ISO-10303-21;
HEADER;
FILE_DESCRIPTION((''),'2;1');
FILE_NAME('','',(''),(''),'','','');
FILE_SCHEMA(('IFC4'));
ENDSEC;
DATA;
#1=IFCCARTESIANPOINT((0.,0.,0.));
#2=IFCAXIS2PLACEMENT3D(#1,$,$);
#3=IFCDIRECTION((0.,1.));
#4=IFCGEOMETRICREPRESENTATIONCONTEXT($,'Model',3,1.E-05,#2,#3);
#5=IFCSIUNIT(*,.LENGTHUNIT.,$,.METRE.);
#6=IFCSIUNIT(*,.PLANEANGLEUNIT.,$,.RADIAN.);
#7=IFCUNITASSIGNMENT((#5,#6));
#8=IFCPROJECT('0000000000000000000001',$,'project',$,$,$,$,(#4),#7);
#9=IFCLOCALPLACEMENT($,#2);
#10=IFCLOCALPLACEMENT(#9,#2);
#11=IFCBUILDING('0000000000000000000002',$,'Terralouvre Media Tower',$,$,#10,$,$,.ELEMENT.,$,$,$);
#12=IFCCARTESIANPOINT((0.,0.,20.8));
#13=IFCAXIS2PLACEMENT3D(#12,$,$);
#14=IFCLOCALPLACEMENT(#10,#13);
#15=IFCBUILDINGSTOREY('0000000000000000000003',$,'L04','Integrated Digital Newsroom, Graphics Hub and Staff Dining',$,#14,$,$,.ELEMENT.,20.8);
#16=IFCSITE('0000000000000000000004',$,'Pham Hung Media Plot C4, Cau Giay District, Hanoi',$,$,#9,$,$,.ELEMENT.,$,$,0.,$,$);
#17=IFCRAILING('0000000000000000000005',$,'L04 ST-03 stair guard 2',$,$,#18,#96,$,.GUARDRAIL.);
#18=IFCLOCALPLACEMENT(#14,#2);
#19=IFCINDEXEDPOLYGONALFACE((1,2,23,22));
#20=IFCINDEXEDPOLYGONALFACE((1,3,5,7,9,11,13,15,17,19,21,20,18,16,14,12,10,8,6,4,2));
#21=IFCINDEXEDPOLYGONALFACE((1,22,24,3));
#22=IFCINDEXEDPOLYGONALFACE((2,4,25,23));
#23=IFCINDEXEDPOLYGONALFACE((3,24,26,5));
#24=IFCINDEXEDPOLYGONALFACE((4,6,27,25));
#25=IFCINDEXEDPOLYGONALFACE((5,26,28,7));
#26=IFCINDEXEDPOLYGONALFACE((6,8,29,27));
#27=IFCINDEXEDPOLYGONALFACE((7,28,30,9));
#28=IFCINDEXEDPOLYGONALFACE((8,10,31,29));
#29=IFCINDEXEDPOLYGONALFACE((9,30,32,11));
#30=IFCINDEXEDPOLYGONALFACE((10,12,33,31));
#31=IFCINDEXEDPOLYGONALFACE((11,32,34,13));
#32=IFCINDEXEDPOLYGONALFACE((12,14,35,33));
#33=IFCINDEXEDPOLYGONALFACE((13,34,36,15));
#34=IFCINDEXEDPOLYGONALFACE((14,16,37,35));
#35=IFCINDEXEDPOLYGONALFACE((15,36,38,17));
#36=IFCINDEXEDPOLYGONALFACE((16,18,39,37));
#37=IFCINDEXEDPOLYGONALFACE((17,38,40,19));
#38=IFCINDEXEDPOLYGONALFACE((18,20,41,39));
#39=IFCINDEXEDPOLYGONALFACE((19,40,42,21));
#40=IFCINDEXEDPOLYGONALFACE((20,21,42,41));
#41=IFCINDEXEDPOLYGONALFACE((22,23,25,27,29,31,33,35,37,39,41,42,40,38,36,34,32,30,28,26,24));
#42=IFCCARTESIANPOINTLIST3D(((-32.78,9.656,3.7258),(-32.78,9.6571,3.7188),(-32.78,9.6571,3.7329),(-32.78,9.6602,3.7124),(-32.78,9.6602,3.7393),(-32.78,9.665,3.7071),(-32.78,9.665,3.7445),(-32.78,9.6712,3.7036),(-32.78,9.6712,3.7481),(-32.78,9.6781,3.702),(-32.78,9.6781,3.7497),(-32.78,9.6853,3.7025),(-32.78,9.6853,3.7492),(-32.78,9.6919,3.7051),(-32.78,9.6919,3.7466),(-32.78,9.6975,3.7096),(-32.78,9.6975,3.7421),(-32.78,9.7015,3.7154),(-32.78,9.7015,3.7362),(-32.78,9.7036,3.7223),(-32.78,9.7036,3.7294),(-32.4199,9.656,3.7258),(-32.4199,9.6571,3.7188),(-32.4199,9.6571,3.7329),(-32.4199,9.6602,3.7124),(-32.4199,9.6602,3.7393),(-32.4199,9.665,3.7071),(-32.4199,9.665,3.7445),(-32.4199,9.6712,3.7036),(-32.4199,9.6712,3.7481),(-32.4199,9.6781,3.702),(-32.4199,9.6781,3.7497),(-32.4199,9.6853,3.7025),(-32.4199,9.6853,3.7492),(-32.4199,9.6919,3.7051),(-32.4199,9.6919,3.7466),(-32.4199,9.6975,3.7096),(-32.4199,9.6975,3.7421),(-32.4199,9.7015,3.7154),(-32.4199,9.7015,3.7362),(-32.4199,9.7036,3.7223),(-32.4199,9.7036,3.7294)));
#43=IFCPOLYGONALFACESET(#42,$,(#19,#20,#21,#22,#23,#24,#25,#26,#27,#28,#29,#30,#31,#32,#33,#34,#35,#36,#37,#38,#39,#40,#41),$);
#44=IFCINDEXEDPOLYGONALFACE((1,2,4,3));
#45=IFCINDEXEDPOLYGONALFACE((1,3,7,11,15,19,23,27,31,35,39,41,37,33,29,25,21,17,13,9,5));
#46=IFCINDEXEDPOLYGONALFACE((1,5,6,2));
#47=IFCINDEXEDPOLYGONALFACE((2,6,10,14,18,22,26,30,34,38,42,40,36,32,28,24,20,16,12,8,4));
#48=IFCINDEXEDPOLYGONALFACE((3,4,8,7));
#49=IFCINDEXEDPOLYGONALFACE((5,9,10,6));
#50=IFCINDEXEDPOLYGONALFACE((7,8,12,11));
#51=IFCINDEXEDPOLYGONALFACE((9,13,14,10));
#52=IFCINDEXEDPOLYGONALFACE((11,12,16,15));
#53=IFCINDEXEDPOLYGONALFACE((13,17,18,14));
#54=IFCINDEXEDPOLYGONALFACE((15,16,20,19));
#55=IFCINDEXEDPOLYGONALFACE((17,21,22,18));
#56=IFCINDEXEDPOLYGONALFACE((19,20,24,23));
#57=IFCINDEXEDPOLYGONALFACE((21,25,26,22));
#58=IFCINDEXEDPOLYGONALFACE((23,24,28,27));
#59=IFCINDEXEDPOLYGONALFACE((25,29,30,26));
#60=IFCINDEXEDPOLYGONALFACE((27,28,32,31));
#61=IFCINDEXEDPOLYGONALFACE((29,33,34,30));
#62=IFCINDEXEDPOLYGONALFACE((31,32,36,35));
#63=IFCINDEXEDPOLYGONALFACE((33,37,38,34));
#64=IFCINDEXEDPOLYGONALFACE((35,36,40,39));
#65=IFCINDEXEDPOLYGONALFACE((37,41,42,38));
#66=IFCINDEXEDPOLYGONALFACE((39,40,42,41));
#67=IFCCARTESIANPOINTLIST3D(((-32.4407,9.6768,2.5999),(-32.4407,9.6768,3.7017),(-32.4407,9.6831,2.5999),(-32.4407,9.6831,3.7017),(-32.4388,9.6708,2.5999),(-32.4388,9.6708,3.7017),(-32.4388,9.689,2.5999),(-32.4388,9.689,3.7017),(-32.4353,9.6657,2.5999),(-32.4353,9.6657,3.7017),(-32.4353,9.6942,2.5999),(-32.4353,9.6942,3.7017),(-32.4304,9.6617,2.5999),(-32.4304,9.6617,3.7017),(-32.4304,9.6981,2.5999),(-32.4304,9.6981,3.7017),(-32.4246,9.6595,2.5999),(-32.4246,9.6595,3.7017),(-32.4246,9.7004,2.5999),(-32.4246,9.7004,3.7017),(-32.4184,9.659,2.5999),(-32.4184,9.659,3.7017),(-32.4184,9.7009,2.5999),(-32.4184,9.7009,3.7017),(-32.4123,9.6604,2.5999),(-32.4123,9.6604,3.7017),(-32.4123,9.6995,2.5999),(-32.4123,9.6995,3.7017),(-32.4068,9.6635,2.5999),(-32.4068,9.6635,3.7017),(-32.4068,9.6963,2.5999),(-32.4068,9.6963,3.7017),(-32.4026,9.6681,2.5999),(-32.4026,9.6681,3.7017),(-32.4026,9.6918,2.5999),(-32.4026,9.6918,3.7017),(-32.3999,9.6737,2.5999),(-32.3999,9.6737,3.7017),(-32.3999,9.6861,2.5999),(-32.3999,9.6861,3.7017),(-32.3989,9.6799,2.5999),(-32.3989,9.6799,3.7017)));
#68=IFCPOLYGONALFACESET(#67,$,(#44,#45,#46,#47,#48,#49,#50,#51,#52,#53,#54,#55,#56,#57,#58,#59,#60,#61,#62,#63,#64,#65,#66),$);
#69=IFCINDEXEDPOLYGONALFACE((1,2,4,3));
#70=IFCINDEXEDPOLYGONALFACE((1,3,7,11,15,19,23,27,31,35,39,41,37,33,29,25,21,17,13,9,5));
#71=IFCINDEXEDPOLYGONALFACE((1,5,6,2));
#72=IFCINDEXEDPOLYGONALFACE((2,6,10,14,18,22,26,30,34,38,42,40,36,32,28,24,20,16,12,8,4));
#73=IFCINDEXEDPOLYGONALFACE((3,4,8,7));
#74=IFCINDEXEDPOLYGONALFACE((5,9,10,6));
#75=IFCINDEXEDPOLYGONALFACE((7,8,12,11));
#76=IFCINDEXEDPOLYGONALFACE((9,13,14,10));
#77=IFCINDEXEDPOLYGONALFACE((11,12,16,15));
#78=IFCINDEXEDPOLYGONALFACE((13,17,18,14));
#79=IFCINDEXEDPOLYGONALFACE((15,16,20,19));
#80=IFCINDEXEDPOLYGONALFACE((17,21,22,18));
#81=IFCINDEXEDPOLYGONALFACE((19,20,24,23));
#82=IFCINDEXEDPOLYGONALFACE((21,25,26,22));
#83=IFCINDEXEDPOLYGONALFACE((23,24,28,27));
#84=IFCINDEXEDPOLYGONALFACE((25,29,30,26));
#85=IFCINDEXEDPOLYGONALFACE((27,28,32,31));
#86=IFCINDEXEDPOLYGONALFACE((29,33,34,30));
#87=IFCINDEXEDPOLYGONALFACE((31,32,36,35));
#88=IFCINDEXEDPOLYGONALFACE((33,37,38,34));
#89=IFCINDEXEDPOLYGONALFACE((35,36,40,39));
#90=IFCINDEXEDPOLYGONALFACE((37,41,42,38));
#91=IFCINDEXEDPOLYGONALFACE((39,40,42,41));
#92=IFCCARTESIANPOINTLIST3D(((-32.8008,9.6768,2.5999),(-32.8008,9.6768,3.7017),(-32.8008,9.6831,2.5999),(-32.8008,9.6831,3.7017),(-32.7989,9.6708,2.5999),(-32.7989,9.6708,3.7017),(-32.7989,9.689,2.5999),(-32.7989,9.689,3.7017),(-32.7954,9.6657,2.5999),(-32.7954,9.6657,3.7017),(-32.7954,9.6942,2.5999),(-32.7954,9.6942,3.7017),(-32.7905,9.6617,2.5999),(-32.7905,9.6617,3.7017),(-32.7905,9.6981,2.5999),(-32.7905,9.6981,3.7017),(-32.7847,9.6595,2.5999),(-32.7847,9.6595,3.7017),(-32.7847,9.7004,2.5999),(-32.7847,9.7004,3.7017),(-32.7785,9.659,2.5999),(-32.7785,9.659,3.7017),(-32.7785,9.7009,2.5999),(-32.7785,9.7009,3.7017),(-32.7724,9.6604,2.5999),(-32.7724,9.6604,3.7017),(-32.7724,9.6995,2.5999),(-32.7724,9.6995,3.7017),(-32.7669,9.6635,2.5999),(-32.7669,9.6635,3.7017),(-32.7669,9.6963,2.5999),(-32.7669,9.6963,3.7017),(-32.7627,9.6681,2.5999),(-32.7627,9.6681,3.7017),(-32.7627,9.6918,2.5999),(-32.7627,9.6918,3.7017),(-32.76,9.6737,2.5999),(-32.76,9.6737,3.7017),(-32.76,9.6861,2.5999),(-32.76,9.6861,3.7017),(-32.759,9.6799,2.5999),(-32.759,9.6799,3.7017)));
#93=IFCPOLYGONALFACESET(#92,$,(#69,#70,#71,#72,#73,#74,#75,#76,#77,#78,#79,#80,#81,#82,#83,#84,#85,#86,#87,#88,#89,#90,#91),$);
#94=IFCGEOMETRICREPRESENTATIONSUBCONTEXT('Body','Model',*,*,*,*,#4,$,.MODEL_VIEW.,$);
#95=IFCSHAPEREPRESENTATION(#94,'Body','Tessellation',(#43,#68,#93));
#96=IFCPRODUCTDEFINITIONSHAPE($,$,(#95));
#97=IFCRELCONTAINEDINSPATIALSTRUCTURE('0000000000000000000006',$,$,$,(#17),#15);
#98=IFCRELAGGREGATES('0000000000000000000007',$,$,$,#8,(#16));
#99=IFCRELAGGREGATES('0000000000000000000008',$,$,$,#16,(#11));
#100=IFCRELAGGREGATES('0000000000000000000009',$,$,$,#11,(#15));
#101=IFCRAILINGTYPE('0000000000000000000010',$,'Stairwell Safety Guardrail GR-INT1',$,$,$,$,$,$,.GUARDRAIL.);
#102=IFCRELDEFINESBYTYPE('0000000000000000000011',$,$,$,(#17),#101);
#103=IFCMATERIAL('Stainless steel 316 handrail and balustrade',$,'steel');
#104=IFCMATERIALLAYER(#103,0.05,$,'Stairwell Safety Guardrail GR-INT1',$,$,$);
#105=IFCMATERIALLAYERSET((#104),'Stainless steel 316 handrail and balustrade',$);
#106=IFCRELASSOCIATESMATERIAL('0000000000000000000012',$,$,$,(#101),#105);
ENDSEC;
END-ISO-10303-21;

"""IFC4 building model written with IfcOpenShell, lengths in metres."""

from ifc_helpers import new_model, si_unit, direction, frame, origin, origin_2d, place, context, subcontext, project, spatial, circle, extrude, material, layer, layer_set, type_object, element, save


model = new_model("IFC4")

# Units and contexts
model_context = context("Model", 3, precision=1e-05, world=origin(), true_north=direction((0.0, 1.0)))
body_context = subcontext(model_context, "Body", "Model", "MODEL_VIEW")
ifc_project = project(units=[si_unit("LENGTHUNIT", "METRE"), si_unit("PLANEANGLEUNIT", "RADIAN")], contexts=[model_context])

# Site, building, storey
site_placement = place(None, origin())
site = spatial("IfcSite", under=ifc_project, at=site_placement, Name="Pham Hung Media Plot C4, Cau Giay District, Hanoi", CompositionType="ELEMENT", RefElevation=0.0)
building_placement = place(site_placement, origin())
building = spatial("IfcBuilding", under=site, at=building_placement, Name="Terralouvre Media Tower", CompositionType="ELEMENT")
storey_placement = place(building_placement, frame((0.0, 0.0, 20.8)))
storey = spatial("IfcBuildingStorey", under=building, at=storey_placement, Name="L04", Description="Integrated Digital Newsroom, Graphics Hub and Staff Dining", CompositionType="ELEMENT", Elevation=20.8)

# Railing
ifc_material_1 = material(Name="Stainless steel 316 handrail and balustrade", Category="steel")
ifc_layer_1 = layer(ifc_material_1, 0.05, Name="Stairwell Safety Guardrail GR-INT1")
ifc_layer_set_1 = layer_set([ifc_layer_1], Name="Stainless steel 316 handrail and balustrade")
railing_type_1 = type_object("IfcRailingType", Name="Stairwell Safety Guardrail GR-INT1", PredefinedType="GUARDRAIL", material=ifc_layer_set_1)
railing_1_placement = place(storey_placement, frame((-32.4199, 9.6799, 2.5999)))
element("IfcRailing", 1, at=railing_1_placement, inside=storey, type_object=railing_type_1, Name="L04 ST-03 stair guard 2", PredefinedType="GUARDRAIL", context=body_context, shape_type="SweptSolid", body=[
    extrude(circle(Radius=0.0239, at=origin_2d()), frame((0.0, 0.0, 1.126), z_axis=(-1.0, 0.0, 0.0), x_axis=(0.0, -1.0, 0.0)), (0.0, 0.0, 1.0), 0.3601),
    extrude(circle(Radius=0.021, at=origin_2d()), origin(), (0.0, 0.0, 1.0), 1.1018),
    extrude(circle(Radius=0.021, at=origin_2d()), frame((-0.3601, 0.0, 0.0)), (0.0, 0.0, 1.0), 1.1018),
])

save(model, "model.ifc")
